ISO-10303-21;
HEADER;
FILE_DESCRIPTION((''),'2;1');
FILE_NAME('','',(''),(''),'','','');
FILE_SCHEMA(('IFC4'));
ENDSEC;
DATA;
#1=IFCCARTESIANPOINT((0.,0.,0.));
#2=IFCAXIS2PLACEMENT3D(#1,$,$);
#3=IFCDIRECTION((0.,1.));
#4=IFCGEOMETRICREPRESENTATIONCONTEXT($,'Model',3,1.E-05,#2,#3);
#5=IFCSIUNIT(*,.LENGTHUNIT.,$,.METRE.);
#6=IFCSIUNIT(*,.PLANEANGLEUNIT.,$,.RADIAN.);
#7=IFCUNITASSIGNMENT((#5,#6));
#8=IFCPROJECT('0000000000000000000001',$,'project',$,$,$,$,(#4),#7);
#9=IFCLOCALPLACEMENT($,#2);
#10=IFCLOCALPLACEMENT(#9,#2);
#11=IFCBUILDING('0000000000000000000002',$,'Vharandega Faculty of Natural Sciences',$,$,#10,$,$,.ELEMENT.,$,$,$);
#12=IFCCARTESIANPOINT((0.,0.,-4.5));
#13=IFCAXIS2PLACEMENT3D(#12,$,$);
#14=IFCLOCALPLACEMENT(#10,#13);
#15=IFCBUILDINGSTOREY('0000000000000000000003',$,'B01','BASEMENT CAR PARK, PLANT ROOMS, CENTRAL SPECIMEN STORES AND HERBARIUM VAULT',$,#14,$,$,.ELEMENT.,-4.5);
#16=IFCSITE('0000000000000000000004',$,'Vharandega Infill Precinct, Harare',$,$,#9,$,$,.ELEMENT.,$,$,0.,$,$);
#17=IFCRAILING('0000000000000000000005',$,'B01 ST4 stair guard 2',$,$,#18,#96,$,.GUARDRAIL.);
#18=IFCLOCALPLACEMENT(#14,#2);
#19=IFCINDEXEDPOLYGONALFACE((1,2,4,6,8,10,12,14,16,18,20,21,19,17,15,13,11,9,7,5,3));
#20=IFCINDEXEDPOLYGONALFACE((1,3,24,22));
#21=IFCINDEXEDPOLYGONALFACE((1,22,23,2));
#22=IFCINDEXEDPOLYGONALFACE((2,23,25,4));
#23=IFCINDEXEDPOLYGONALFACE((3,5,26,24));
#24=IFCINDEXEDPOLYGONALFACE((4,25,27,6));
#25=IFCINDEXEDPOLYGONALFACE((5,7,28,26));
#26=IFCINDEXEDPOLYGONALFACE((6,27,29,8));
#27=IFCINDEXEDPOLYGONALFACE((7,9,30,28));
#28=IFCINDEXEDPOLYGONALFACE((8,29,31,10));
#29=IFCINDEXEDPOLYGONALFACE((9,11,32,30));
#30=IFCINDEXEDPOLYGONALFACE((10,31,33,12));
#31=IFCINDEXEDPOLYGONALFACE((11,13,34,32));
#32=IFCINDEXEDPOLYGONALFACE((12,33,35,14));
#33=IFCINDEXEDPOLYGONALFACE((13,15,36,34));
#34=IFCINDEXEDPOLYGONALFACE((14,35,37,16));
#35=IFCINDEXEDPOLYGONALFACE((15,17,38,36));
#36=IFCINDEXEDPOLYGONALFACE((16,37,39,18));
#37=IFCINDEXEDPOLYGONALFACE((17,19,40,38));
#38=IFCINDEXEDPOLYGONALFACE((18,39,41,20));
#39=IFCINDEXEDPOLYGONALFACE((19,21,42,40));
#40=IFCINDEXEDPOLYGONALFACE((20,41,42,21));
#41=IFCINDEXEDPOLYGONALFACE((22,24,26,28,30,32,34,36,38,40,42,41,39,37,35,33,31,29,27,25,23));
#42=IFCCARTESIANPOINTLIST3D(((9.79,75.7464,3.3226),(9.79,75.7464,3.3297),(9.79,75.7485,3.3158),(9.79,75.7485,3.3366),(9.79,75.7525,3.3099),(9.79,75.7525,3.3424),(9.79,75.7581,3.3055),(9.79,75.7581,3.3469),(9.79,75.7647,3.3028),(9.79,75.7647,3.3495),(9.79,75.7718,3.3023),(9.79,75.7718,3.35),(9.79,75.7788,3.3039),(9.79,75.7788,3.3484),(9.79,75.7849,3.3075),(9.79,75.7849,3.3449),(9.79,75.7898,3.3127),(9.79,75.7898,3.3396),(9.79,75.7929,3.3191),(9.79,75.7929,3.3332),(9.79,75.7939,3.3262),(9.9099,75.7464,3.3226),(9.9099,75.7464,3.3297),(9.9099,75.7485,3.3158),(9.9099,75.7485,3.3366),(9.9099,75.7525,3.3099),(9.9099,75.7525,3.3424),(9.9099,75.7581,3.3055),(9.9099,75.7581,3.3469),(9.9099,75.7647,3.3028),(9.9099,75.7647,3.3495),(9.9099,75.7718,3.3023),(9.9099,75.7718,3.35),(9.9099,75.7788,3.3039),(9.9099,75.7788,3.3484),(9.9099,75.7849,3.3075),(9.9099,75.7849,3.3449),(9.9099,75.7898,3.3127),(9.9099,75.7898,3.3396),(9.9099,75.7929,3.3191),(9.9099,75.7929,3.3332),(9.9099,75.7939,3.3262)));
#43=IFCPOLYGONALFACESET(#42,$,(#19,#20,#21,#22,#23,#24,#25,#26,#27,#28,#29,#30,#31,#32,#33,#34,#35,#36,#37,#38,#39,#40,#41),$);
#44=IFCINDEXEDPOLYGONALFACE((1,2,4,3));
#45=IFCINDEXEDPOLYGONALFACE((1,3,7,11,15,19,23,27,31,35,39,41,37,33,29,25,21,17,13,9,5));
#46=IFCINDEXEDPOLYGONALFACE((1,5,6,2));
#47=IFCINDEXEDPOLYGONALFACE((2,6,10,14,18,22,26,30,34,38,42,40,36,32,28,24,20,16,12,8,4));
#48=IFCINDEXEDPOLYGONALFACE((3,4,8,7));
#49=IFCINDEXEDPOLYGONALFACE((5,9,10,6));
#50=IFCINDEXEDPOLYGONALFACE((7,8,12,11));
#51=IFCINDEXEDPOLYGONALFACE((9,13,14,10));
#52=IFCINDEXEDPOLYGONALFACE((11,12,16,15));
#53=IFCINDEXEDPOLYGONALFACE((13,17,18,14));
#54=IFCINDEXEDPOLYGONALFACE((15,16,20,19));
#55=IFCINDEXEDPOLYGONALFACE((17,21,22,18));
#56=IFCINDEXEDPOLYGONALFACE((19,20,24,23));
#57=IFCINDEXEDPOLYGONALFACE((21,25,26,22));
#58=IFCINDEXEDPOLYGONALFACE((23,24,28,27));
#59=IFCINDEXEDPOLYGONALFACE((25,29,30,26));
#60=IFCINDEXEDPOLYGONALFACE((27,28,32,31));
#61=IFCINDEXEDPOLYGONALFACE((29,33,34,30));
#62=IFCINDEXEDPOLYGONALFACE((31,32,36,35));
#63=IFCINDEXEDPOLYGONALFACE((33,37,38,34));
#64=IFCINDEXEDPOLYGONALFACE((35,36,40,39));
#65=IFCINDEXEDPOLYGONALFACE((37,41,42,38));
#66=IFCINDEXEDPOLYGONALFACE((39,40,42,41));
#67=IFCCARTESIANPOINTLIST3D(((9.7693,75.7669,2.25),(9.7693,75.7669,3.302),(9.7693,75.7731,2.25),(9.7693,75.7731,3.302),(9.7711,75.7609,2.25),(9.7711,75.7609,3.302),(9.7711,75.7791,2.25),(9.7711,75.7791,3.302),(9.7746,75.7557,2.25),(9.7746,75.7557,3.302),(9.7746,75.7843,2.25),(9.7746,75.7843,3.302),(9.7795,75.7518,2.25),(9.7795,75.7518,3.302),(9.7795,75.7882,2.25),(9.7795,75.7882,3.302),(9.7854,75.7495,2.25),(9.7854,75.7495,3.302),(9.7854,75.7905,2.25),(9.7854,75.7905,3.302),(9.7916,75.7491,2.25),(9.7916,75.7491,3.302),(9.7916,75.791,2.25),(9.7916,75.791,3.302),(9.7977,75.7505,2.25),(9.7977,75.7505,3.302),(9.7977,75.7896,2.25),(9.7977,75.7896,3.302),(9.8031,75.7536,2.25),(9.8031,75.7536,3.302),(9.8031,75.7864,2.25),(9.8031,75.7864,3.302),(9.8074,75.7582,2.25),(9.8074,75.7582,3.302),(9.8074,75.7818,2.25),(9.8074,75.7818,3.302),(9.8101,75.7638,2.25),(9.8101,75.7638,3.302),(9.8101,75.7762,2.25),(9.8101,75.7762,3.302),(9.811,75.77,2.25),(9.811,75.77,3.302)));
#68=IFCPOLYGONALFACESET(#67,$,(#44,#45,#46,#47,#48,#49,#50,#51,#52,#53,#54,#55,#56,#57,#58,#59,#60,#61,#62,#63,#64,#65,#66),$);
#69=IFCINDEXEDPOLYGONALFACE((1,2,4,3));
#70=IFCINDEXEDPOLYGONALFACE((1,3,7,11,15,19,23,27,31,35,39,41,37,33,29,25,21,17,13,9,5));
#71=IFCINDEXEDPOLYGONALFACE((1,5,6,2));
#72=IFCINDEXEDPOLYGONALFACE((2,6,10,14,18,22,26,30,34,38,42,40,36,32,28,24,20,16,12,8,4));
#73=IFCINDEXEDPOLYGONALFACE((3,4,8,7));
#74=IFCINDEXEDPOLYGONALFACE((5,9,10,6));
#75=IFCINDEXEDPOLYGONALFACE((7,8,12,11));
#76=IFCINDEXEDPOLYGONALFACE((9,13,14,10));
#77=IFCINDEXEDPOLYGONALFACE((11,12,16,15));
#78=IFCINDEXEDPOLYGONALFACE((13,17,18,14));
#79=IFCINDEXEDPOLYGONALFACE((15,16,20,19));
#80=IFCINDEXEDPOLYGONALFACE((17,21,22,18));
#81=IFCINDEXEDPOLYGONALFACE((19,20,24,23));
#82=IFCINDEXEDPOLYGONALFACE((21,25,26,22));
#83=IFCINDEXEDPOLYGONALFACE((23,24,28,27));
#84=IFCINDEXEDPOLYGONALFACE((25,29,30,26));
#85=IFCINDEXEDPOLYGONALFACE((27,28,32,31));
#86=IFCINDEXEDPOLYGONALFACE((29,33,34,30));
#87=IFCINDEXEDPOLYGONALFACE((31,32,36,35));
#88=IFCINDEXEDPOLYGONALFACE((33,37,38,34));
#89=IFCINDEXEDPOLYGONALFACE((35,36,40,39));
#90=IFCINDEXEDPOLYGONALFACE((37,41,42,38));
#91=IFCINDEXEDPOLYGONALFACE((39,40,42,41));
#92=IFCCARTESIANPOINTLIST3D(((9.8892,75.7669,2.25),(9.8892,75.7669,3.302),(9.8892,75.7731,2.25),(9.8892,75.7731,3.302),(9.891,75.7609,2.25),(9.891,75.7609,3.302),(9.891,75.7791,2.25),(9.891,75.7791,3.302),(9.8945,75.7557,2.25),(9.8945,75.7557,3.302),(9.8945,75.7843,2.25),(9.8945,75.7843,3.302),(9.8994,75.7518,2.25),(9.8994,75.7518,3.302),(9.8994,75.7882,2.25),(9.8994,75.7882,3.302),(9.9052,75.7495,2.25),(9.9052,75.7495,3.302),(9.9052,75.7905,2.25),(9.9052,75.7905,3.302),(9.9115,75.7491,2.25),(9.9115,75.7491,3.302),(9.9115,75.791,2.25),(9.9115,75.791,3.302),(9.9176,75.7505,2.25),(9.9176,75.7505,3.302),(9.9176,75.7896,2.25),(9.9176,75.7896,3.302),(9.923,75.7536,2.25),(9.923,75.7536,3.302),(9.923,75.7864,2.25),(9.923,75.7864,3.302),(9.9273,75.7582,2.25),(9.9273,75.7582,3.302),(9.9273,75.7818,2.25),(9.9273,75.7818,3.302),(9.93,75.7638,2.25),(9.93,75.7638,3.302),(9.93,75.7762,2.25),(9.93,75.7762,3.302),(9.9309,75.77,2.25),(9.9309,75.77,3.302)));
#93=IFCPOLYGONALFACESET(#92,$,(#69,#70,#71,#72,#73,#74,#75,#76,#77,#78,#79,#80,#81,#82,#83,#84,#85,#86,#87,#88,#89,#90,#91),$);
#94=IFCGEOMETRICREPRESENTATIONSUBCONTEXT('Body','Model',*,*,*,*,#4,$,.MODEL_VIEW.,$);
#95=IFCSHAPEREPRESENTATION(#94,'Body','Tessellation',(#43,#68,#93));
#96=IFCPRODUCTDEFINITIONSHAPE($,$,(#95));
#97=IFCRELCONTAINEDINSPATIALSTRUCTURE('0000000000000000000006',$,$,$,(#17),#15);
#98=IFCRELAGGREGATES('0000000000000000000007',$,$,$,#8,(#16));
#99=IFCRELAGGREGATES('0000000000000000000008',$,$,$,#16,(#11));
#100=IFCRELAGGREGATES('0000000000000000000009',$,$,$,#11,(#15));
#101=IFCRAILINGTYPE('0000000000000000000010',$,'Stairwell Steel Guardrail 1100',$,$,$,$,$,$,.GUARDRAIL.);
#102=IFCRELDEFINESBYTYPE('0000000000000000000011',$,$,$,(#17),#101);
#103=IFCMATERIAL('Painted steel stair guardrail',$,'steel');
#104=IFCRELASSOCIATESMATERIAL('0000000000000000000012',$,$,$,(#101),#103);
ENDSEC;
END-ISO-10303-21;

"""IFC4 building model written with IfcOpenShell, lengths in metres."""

from ifc_helpers import new_model, si_unit, direction, frame, origin, origin_2d, place, context, subcontext, project, spatial, circle, extrude, material, type_object, element, save


model = new_model("IFC4")

# Units and contexts
model_context = context("Model", 3, precision=1e-05, world=origin(), true_north=direction((0.0, 1.0)))
body_context = subcontext(model_context, "Body", "Model", "MODEL_VIEW")
ifc_project = project(units=[si_unit("LENGTHUNIT", "METRE"), si_unit("PLANEANGLEUNIT", "RADIAN")], contexts=[model_context])

# Site, building, storey
site_placement = place(None, origin())
site = spatial("IfcSite", under=ifc_project, at=site_placement, Name="Vharandega Infill Precinct, Harare", CompositionType="ELEMENT", RefElevation=0.0)
building_placement = place(site_placement, origin())
building = spatial("IfcBuilding", under=site, at=building_placement, Name="Vharandega Faculty of Natural Sciences", CompositionType="ELEMENT")
storey_placement = place(building_placement, frame((0.0, 0.0, -4.5)))
storey = spatial("IfcBuildingStorey", under=building, at=storey_placement, Name="B01", Description="BASEMENT CAR PARK, PLANT ROOMS, CENTRAL SPECIMEN STORES AND HERBARIUM VAULT", CompositionType="ELEMENT", Elevation=-4.5)

# Railing
ifc_material_1 = material(Name="Painted steel stair guardrail", Category="steel")
railing_type_1 = type_object("IfcRailingType", Name="Stairwell Steel Guardrail 1100", PredefinedType="GUARDRAIL", material=ifc_material_1)
railing_1_placement = place(storey_placement, frame((9.79, 75.77, 2.25)))
element("IfcRailing", 1, at=railing_1_placement, inside=storey, type_object=railing_type_1, Name="B01 ST4 stair guard 2", PredefinedType="GUARDRAIL", context=body_context, shape_type="SweptSolid", body=[
    extrude(circle(Radius=0.0239, at=origin_2d()), frame((0.0, 0.0, 1.0762), z_axis=(1.0, 0.0, 0.0), x_axis=(0.0, 1.0, 0.0)), (0.0, 0.0, 1.0), 0.1199),
    extrude(circle(Radius=0.021, at=origin_2d()), origin(), (0.0, 0.0, 1.0), 1.052),
    extrude(circle(Radius=0.021, at=origin_2d()), frame((0.1199, 0.0, 0.0)), (0.0, 0.0, 1.0), 1.052),
])

save(model, "model.ifc")
